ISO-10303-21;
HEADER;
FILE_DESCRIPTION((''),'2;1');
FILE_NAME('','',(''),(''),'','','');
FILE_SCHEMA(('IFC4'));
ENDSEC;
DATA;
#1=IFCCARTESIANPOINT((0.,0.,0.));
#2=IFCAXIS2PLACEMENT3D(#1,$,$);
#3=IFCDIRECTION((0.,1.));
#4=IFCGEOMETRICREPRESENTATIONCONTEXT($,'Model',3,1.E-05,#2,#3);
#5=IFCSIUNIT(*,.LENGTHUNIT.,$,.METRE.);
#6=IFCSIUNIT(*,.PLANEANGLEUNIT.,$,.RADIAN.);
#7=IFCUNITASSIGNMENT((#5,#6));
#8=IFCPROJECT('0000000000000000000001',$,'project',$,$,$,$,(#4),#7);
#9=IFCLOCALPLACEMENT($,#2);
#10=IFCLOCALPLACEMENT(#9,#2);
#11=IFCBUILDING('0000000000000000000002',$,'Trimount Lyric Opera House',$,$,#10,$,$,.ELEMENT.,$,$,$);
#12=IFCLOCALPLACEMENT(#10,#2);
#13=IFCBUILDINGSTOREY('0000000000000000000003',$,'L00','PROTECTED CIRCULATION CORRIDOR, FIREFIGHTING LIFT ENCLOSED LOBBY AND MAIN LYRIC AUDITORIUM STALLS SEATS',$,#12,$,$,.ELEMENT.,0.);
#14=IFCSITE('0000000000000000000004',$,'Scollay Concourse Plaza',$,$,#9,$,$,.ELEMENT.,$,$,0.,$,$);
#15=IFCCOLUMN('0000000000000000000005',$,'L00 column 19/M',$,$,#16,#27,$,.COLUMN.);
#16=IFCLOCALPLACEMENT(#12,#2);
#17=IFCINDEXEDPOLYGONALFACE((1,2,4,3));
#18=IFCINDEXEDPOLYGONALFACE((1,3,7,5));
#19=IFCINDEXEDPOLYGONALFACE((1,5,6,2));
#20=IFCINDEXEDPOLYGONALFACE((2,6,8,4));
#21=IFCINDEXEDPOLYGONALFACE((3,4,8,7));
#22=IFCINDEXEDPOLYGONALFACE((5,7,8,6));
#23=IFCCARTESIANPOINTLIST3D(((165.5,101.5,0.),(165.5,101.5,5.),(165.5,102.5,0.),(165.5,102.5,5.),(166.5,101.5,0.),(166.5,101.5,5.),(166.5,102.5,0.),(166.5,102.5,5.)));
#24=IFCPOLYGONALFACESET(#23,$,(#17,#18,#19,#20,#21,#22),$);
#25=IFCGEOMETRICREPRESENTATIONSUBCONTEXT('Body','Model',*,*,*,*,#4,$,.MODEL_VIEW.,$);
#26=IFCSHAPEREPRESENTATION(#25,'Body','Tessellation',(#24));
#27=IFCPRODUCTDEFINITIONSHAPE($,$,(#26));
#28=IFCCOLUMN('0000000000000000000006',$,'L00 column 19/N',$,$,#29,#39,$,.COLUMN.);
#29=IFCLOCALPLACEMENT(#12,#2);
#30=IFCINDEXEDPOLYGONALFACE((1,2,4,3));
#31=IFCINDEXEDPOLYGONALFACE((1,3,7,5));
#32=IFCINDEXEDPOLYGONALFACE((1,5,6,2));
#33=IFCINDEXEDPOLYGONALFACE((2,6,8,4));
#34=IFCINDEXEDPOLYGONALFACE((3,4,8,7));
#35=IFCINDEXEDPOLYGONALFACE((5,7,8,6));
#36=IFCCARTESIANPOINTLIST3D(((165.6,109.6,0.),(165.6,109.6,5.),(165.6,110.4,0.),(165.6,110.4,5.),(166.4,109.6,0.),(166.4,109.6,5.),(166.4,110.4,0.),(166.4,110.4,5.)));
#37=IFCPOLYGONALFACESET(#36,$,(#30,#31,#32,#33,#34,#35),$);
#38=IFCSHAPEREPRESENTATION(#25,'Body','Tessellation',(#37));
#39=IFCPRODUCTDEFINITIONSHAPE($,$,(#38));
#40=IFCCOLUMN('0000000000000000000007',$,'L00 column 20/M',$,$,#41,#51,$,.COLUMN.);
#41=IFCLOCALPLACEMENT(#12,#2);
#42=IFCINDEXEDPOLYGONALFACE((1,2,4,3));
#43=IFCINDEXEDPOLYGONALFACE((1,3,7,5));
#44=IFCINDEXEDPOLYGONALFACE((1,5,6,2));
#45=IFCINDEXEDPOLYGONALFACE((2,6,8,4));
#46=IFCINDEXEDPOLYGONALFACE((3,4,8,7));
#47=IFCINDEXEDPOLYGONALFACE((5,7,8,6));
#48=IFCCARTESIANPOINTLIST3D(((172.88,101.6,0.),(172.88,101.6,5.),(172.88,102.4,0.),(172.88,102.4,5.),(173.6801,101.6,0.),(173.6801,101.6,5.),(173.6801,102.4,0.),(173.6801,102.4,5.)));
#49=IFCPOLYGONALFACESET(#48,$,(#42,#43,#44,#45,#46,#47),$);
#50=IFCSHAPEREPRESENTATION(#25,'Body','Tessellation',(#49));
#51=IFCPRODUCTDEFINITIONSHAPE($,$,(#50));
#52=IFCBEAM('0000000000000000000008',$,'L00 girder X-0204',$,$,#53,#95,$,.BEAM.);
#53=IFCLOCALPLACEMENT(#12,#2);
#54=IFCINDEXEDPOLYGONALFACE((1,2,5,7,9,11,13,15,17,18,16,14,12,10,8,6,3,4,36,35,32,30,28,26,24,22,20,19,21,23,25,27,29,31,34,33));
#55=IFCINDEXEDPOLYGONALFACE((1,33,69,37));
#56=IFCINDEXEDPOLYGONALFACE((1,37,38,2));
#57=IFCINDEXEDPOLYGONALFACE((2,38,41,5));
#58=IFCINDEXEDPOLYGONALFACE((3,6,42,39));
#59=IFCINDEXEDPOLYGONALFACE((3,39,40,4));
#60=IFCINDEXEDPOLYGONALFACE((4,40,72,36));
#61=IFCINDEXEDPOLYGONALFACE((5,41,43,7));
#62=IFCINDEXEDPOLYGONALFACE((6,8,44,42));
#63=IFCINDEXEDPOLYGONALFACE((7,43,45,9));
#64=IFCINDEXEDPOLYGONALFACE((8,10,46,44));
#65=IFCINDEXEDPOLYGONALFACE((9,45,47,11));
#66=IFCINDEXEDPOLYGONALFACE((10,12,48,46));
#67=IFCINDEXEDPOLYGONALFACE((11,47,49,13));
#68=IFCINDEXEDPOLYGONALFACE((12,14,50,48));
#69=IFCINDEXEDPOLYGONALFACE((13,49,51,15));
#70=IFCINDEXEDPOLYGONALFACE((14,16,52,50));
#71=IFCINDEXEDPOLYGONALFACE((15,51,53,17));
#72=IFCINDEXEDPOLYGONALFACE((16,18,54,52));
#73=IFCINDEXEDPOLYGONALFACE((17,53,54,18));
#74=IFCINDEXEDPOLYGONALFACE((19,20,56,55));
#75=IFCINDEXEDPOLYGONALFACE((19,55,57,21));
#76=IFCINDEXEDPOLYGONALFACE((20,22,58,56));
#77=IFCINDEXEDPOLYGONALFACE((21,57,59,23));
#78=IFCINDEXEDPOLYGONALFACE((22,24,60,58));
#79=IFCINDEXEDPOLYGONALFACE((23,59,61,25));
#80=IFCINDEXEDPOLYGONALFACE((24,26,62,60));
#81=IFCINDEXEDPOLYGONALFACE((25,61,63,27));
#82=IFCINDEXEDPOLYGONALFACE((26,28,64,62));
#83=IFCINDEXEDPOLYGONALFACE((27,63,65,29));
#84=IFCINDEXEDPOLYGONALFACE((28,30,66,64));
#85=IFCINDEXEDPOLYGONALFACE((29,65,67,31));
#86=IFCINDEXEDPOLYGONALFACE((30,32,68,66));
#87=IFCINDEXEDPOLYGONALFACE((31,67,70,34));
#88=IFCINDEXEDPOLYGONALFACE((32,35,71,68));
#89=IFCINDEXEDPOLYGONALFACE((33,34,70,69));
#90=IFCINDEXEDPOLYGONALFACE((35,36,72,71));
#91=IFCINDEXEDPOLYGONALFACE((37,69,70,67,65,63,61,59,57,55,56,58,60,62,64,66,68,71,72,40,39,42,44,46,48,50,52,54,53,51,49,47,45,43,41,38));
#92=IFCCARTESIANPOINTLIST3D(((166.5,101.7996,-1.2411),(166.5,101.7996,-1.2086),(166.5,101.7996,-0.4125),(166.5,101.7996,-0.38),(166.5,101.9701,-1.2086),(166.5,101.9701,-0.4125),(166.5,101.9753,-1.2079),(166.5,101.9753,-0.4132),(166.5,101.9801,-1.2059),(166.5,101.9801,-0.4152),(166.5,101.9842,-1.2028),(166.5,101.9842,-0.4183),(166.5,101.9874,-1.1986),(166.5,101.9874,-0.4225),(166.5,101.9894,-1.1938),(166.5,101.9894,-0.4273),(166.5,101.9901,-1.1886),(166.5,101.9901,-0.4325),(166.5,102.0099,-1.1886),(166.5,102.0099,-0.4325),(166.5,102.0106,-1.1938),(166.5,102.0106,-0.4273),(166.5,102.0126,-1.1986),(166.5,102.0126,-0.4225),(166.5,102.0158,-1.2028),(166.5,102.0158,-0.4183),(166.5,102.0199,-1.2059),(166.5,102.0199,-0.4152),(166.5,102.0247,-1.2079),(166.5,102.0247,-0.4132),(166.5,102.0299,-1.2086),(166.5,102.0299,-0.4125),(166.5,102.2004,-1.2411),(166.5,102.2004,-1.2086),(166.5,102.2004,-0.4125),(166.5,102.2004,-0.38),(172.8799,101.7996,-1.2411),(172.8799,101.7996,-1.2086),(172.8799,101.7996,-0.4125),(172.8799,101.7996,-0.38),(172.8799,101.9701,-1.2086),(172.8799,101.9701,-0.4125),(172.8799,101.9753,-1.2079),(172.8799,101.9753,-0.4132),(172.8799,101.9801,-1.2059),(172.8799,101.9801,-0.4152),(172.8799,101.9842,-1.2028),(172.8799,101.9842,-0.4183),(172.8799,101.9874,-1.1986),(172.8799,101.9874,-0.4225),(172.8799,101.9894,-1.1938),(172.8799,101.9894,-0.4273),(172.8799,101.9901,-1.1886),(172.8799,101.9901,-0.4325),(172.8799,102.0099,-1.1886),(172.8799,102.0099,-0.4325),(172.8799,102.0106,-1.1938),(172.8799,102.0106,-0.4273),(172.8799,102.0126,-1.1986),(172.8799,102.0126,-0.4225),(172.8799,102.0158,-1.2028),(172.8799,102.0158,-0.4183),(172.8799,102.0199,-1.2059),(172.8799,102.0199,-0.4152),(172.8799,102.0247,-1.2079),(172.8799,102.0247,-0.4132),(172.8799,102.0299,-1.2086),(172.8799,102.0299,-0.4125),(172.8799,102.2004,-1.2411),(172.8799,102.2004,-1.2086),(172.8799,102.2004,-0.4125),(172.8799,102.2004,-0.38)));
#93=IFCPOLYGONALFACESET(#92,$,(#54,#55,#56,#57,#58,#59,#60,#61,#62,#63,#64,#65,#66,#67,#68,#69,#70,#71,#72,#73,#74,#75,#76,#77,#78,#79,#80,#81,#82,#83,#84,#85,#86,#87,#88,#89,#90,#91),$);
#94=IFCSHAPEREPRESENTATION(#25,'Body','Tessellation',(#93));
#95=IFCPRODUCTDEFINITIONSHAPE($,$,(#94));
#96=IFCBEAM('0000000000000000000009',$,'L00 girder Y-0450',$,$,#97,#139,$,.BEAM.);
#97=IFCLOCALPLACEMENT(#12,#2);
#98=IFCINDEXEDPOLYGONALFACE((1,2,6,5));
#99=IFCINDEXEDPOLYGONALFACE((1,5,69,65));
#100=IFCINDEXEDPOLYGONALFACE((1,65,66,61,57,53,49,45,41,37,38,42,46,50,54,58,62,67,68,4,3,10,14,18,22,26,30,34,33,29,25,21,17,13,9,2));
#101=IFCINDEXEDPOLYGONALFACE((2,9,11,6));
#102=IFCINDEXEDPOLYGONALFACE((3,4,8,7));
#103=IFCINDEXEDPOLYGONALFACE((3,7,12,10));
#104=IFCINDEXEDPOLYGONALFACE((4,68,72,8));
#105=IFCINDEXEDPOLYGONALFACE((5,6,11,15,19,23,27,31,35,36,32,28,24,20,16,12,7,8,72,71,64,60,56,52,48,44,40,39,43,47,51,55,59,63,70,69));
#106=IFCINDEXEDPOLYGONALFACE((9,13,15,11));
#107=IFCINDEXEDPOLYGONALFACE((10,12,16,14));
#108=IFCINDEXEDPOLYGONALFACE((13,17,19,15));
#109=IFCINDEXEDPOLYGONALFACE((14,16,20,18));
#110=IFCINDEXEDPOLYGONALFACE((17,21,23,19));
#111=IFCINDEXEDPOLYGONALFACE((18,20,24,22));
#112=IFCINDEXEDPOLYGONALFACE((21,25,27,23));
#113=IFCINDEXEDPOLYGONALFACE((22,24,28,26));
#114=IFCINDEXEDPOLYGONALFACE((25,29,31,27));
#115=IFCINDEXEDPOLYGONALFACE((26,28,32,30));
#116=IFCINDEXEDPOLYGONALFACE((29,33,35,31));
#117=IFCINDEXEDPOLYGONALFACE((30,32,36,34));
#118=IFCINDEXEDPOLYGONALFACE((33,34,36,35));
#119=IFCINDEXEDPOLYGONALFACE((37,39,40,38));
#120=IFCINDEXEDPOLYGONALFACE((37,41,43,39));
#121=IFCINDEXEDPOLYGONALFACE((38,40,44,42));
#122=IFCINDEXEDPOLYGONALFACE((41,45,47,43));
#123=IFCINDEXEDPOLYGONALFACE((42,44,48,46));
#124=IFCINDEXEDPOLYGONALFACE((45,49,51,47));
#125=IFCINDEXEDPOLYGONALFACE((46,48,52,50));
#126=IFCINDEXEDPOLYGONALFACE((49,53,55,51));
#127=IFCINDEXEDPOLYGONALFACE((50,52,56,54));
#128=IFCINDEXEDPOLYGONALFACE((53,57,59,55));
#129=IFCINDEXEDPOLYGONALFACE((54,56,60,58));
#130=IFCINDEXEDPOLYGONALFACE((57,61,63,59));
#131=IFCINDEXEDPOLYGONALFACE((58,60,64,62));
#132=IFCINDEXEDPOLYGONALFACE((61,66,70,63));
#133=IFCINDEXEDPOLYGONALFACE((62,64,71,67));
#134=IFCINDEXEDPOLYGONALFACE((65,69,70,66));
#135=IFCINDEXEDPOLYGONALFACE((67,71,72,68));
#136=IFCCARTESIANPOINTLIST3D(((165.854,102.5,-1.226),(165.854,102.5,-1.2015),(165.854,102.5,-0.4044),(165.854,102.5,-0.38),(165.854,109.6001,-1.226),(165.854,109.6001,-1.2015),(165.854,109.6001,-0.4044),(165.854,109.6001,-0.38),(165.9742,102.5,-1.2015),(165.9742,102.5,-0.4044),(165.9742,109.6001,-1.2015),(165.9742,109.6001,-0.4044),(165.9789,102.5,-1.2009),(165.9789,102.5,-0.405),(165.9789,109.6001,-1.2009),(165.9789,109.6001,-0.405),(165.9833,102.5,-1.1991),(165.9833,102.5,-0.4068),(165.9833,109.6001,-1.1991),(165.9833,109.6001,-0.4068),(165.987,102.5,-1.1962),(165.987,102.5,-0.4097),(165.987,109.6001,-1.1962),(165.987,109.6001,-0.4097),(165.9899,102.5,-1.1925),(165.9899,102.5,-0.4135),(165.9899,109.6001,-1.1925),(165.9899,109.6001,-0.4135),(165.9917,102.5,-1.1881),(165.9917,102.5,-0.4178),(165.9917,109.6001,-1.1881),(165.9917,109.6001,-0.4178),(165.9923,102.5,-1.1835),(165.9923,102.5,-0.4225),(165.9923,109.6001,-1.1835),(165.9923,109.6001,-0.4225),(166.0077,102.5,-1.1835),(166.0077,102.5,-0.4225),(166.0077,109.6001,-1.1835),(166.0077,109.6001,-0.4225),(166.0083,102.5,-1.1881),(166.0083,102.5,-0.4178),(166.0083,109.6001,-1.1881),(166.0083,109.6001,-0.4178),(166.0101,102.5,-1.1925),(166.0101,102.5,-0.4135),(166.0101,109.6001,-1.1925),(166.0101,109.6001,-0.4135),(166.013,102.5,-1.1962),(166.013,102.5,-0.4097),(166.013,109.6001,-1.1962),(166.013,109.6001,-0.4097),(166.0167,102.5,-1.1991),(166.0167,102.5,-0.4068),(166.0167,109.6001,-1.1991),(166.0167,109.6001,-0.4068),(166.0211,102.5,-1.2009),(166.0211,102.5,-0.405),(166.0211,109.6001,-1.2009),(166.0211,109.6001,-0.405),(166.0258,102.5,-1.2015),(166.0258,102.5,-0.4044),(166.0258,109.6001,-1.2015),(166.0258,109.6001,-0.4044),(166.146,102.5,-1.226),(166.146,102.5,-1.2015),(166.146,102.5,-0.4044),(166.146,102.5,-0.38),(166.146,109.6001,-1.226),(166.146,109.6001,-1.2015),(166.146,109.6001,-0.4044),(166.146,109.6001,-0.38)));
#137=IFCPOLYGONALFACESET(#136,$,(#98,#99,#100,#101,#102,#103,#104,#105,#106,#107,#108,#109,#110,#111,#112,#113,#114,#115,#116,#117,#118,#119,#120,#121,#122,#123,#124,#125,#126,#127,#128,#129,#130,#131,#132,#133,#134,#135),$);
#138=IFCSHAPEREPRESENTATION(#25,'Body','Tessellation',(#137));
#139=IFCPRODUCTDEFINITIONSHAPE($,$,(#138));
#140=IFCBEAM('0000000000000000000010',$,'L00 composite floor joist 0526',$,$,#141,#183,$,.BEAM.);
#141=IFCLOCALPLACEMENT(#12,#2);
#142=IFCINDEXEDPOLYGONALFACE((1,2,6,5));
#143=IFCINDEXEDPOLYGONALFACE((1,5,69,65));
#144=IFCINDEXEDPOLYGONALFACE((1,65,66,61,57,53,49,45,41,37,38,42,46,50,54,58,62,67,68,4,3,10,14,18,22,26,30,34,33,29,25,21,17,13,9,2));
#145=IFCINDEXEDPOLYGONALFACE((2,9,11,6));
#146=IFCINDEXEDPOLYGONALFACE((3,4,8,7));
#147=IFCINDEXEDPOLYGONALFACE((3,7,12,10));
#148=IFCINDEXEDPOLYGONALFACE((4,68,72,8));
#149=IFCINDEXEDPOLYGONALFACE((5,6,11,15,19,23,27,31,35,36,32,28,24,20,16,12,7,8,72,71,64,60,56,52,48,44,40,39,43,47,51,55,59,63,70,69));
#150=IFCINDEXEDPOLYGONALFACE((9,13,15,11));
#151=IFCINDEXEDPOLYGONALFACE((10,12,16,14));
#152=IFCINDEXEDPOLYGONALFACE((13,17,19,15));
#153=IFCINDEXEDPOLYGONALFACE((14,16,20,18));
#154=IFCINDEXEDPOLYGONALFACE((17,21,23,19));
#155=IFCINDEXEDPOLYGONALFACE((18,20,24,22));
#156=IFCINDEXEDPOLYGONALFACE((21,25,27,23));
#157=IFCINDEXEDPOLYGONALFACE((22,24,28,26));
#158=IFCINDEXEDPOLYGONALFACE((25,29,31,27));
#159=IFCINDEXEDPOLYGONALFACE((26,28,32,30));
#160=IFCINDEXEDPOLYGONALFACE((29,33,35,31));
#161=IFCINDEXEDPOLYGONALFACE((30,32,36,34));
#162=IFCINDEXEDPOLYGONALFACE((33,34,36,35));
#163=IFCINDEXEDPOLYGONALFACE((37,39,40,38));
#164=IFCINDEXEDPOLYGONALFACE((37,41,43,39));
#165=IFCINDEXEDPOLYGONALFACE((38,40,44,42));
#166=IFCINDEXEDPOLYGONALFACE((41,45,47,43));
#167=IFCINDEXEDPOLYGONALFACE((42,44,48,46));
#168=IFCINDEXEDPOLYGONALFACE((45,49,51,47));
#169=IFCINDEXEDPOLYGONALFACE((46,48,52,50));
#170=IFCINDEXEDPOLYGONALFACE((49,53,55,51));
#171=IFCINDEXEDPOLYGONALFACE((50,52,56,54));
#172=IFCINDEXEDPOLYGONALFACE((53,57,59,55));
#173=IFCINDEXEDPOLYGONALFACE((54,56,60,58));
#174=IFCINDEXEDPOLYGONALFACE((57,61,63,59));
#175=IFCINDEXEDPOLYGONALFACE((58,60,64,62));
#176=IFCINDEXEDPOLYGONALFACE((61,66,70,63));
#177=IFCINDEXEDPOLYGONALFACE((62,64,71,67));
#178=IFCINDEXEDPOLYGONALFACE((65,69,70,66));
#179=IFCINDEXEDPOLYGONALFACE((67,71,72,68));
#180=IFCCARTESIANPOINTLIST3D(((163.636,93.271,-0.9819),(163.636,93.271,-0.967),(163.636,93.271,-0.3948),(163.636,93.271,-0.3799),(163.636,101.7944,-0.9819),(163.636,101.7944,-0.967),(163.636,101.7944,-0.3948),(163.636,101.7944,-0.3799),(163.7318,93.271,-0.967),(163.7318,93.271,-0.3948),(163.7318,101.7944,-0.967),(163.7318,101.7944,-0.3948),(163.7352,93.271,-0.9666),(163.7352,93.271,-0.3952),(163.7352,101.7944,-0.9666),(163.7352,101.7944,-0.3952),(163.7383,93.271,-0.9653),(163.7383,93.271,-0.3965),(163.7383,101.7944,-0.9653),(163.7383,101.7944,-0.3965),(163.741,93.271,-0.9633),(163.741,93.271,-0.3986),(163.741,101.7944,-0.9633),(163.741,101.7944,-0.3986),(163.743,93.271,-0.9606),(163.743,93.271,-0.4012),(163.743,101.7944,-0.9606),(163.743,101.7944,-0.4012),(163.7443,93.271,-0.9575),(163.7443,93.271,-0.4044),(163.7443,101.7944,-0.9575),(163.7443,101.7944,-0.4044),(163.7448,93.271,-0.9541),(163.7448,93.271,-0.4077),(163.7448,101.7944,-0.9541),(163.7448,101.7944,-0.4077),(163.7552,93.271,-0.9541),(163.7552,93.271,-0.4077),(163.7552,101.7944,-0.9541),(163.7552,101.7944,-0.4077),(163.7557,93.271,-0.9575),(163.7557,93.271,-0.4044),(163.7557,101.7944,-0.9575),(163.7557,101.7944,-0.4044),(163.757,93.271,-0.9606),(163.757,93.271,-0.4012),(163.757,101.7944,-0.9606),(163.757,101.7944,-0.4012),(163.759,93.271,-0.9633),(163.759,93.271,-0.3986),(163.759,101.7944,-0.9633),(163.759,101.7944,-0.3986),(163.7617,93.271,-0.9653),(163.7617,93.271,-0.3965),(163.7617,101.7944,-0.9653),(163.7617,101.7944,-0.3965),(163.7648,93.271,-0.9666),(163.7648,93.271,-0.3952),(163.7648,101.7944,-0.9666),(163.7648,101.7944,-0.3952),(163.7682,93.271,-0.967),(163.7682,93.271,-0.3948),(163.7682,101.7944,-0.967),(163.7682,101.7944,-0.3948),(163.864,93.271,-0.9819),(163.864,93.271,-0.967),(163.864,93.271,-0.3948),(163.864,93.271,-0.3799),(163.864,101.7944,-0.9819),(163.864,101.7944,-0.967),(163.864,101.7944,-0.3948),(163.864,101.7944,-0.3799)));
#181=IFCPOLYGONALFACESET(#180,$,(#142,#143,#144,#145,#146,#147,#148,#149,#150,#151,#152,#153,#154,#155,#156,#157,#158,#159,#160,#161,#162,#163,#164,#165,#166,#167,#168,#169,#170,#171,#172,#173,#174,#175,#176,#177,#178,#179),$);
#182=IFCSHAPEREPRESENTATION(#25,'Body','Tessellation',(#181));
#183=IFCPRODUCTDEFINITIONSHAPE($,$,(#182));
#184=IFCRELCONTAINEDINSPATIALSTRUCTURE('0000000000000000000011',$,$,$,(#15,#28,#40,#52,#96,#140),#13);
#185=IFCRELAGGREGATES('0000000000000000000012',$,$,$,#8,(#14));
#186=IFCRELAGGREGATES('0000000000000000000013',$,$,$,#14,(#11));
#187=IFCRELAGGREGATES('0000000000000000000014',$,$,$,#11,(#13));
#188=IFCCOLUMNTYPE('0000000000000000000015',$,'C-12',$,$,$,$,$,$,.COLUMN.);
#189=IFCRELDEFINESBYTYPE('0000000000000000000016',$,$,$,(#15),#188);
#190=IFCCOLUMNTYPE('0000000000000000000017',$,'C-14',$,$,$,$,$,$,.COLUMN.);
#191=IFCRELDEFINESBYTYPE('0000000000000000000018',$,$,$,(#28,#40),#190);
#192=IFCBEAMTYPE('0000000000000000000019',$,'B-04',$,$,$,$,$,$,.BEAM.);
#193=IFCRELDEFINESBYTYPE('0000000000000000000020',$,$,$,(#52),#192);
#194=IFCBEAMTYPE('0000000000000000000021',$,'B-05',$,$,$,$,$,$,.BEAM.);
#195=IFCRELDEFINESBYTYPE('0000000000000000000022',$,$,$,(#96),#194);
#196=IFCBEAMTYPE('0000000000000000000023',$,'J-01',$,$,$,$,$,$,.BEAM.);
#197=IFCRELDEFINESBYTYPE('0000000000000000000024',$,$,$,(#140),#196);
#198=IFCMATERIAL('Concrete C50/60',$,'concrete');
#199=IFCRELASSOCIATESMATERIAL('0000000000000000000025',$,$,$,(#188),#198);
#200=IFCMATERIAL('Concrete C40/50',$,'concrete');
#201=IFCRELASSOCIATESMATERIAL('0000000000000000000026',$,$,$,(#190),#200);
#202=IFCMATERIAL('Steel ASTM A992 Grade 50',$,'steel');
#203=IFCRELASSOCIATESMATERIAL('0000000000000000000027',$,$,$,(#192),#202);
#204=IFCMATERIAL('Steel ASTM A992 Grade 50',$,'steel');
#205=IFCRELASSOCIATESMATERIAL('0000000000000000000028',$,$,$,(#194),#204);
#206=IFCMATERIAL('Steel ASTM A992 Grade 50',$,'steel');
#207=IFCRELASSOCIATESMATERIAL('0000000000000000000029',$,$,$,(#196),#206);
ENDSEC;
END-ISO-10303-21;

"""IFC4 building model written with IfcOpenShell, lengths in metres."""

from ifc_helpers import new_model, si_unit, direction, frame, origin, origin_2d, place, context, subcontext, project, spatial, rectangle, i_section, extrude, material, material_profile, profile_set, type_object, element, save


model = new_model("IFC4")

# Units and contexts
model_context = context("Model", 3, precision=1e-05, world=origin(), true_north=direction((0.0, 1.0)))
body_context = subcontext(model_context, "Body", "Model", "MODEL_VIEW")
ifc_project = project(units=[si_unit("LENGTHUNIT", "METRE"), si_unit("PLANEANGLEUNIT", "RADIAN")], contexts=[model_context])

# Site, building, storey
site_placement = place(None, origin())
site = spatial("IfcSite", under=ifc_project, at=site_placement, Name="Scollay Concourse Plaza", CompositionType="ELEMENT", RefElevation=0.0)
building_placement = place(site_placement, origin())
building = spatial("IfcBuilding", under=site, at=building_placement, Name="Trimount Lyric Opera House", CompositionType="ELEMENT")
storey_placement = place(building_placement, origin())
storey = spatial("IfcBuildingStorey", under=building, at=storey_placement, Name="L00", Description="PROTECTED CIRCULATION CORRIDOR, FIREFIGHTING LIFT ENCLOSED LOBBY AND MAIN LYRIC AUDITORIUM STALLS SEATS", CompositionType="ELEMENT", Elevation=0.0)

# Columns
ifc_material_1 = material(Name="Concrete C50/60", Category="concrete")
ifc_material_profile_1 = material_profile(ifc_material_1, rectangle(XDim=1.0, YDim=1.0, at=origin_2d()), Name="RC1000X1000")
ifc_profile_set_1 = profile_set([ifc_material_profile_1], Name="Concrete C50/60")
column_type_1 = type_object("IfcColumnType", Name="C-12", PredefinedType="COLUMN", material=ifc_profile_set_1)
column_placement = place(storey_placement, frame((166.0, 102.0, 0.0), z_axis=(0.0, 0.0, 1.0), x_axis=(1.0, 0.0, 0.0)))
element("IfcColumn", 1, at=column_placement, inside=storey, type_object=column_type_1, Name="L00 column 19/M", PredefinedType="COLUMN", context=body_context, shape_type="SweptSolid", body=[
    extrude(rectangle(XDim=1.0, YDim=1.0, at=origin_2d()), origin(), (0.0, 0.0, 1.0), 5.0),
])
ifc_material_2 = material(Name="Concrete C40/50", Category="concrete")
ifc_material_profile_2 = material_profile(ifc_material_2, rectangle(XDim=0.8, YDim=0.8, at=origin_2d()), Name="RC800X800")
ifc_profile_set_2 = profile_set([ifc_material_profile_2], Name="Concrete C40/50")
column_type_2 = type_object("IfcColumnType", Name="C-14", PredefinedType="COLUMN", material=ifc_profile_set_2)
for number, where, z_axis, x_axis, name in (
    (2, (166.0, 110.0, 0.0), (0.0, 0.0, 1.0), (1.0, 0.0, 0.0), "L00 column 19/N"),
    (3, (173.28, 102.0, 0.0), (0.0, 0.0, 1.0), (1.0, 0.0, 0.0), "L00 column 20/M"),
):
    element("IfcColumn", number, at=place(storey_placement, frame(where, z_axis=z_axis, x_axis=x_axis)), inside=storey, type_object=column_type_2, Name=name, PredefinedType="COLUMN", context=body_context, shape_type="SweptSolid", body=[
        extrude(rectangle(XDim=0.8, YDim=0.8, at=origin_2d()), origin(), (0.0, 0.0, 1.0), 5.0),
    ])

# Beams
ifc_material_3 = material(Name="Steel ASTM A992 Grade 50", Category="steel")
ifc_material_profile_3 = material_profile(ifc_material_3, i_section(OverallWidth=0.4009, OverallDepth=0.8611, WebThickness=0.0198, FlangeThickness=0.0325, FilletRadius=0.02, at=origin_2d()), Name="W33X221")
ifc_profile_set_3 = profile_set([ifc_material_profile_3], Name="Steel ASTM A992 Grade 50")
beam_type_1 = type_object("IfcBeamType", Name="B-04", PredefinedType="BEAM", material=ifc_profile_set_3)
beam_1_placement = place(storey_placement, frame((166.5, 102.0, -0.8105), z_axis=(1.0, 0.0, 0.0), x_axis=(0.0, 1.0, 0.0)))
element("IfcBeam", 4, at=beam_1_placement, inside=storey, type_object=beam_type_1, Name="L00 girder X-0204", PredefinedType="BEAM", context=body_context, shape_type="SweptSolid", body=[
    extrude(i_section(OverallWidth=0.4009, OverallDepth=0.8611, WebThickness=0.0198, FlangeThickness=0.0325, FilletRadius=0.02, at=origin_2d()), origin(), (0.0, 0.0, 1.0), 6.3799),
])
ifc_material_4 = material(Name="Steel ASTM A992 Grade 50", Category="steel")
ifc_material_profile_4 = material_profile(ifc_material_4, i_section(OverallWidth=0.292, OverallDepth=0.8459, WebThickness=0.0154, FlangeThickness=0.0244, FilletRadius=0.0181, at=origin_2d()), Name="W33X141")
ifc_profile_set_4 = profile_set([ifc_material_profile_4], Name="Steel ASTM A992 Grade 50")
beam_type_2 = type_object("IfcBeamType", Name="B-05", PredefinedType="BEAM", material=ifc_profile_set_4)
beam_2_placement = place(storey_placement, frame((166.0, 102.5, -0.803), z_axis=(0.0, 1.0, 0.0), x_axis=(-1.0, 0.0, 0.0)))
element("IfcBeam", 5, at=beam_2_placement, inside=storey, type_object=beam_type_2, Name="L00 girder Y-0450", PredefinedType="BEAM", context=body_context, shape_type="SweptSolid", body=[
    extrude(i_section(OverallWidth=0.292, OverallDepth=0.8459, WebThickness=0.0154, FlangeThickness=0.0244, FilletRadius=0.0181, at=origin_2d()), origin(), (0.0, 0.0, 1.0), 7.1001),
])
ifc_material_5 = material(Name="Steel ASTM A992 Grade 50", Category="steel")
ifc_material_profile_5 = material_profile(ifc_material_5, i_section(OverallWidth=0.228, OverallDepth=0.6021, WebThickness=0.0105, FlangeThickness=0.0149, FilletRadius=0.0129, at=origin_2d()), Name="W24X68")
ifc_profile_set_5 = profile_set([ifc_material_profile_5], Name="Steel ASTM A992 Grade 50")
beam_type_3 = type_object("IfcBeamType", Name="J-01", PredefinedType="BEAM", material=ifc_profile_set_5)
beam_3_placement = place(storey_placement, frame((163.75, 93.271, -0.6809), z_axis=(0.0, 1.0, 0.0), x_axis=(-1.0, 0.0, 0.0)))
element("IfcBeam", 6, at=beam_3_placement, inside=storey, type_object=beam_type_3, Name="L00 composite floor joist 0526", PredefinedType="BEAM", context=body_context, shape_type="SweptSolid", body=[
    extrude(i_section(OverallWidth=0.228, OverallDepth=0.6021, WebThickness=0.0105, FlangeThickness=0.0149, FilletRadius=0.0129, at=origin_2d()), origin(), (0.0, 0.0, 1.0), 8.5234),
])

save(model, "model.ifc")
